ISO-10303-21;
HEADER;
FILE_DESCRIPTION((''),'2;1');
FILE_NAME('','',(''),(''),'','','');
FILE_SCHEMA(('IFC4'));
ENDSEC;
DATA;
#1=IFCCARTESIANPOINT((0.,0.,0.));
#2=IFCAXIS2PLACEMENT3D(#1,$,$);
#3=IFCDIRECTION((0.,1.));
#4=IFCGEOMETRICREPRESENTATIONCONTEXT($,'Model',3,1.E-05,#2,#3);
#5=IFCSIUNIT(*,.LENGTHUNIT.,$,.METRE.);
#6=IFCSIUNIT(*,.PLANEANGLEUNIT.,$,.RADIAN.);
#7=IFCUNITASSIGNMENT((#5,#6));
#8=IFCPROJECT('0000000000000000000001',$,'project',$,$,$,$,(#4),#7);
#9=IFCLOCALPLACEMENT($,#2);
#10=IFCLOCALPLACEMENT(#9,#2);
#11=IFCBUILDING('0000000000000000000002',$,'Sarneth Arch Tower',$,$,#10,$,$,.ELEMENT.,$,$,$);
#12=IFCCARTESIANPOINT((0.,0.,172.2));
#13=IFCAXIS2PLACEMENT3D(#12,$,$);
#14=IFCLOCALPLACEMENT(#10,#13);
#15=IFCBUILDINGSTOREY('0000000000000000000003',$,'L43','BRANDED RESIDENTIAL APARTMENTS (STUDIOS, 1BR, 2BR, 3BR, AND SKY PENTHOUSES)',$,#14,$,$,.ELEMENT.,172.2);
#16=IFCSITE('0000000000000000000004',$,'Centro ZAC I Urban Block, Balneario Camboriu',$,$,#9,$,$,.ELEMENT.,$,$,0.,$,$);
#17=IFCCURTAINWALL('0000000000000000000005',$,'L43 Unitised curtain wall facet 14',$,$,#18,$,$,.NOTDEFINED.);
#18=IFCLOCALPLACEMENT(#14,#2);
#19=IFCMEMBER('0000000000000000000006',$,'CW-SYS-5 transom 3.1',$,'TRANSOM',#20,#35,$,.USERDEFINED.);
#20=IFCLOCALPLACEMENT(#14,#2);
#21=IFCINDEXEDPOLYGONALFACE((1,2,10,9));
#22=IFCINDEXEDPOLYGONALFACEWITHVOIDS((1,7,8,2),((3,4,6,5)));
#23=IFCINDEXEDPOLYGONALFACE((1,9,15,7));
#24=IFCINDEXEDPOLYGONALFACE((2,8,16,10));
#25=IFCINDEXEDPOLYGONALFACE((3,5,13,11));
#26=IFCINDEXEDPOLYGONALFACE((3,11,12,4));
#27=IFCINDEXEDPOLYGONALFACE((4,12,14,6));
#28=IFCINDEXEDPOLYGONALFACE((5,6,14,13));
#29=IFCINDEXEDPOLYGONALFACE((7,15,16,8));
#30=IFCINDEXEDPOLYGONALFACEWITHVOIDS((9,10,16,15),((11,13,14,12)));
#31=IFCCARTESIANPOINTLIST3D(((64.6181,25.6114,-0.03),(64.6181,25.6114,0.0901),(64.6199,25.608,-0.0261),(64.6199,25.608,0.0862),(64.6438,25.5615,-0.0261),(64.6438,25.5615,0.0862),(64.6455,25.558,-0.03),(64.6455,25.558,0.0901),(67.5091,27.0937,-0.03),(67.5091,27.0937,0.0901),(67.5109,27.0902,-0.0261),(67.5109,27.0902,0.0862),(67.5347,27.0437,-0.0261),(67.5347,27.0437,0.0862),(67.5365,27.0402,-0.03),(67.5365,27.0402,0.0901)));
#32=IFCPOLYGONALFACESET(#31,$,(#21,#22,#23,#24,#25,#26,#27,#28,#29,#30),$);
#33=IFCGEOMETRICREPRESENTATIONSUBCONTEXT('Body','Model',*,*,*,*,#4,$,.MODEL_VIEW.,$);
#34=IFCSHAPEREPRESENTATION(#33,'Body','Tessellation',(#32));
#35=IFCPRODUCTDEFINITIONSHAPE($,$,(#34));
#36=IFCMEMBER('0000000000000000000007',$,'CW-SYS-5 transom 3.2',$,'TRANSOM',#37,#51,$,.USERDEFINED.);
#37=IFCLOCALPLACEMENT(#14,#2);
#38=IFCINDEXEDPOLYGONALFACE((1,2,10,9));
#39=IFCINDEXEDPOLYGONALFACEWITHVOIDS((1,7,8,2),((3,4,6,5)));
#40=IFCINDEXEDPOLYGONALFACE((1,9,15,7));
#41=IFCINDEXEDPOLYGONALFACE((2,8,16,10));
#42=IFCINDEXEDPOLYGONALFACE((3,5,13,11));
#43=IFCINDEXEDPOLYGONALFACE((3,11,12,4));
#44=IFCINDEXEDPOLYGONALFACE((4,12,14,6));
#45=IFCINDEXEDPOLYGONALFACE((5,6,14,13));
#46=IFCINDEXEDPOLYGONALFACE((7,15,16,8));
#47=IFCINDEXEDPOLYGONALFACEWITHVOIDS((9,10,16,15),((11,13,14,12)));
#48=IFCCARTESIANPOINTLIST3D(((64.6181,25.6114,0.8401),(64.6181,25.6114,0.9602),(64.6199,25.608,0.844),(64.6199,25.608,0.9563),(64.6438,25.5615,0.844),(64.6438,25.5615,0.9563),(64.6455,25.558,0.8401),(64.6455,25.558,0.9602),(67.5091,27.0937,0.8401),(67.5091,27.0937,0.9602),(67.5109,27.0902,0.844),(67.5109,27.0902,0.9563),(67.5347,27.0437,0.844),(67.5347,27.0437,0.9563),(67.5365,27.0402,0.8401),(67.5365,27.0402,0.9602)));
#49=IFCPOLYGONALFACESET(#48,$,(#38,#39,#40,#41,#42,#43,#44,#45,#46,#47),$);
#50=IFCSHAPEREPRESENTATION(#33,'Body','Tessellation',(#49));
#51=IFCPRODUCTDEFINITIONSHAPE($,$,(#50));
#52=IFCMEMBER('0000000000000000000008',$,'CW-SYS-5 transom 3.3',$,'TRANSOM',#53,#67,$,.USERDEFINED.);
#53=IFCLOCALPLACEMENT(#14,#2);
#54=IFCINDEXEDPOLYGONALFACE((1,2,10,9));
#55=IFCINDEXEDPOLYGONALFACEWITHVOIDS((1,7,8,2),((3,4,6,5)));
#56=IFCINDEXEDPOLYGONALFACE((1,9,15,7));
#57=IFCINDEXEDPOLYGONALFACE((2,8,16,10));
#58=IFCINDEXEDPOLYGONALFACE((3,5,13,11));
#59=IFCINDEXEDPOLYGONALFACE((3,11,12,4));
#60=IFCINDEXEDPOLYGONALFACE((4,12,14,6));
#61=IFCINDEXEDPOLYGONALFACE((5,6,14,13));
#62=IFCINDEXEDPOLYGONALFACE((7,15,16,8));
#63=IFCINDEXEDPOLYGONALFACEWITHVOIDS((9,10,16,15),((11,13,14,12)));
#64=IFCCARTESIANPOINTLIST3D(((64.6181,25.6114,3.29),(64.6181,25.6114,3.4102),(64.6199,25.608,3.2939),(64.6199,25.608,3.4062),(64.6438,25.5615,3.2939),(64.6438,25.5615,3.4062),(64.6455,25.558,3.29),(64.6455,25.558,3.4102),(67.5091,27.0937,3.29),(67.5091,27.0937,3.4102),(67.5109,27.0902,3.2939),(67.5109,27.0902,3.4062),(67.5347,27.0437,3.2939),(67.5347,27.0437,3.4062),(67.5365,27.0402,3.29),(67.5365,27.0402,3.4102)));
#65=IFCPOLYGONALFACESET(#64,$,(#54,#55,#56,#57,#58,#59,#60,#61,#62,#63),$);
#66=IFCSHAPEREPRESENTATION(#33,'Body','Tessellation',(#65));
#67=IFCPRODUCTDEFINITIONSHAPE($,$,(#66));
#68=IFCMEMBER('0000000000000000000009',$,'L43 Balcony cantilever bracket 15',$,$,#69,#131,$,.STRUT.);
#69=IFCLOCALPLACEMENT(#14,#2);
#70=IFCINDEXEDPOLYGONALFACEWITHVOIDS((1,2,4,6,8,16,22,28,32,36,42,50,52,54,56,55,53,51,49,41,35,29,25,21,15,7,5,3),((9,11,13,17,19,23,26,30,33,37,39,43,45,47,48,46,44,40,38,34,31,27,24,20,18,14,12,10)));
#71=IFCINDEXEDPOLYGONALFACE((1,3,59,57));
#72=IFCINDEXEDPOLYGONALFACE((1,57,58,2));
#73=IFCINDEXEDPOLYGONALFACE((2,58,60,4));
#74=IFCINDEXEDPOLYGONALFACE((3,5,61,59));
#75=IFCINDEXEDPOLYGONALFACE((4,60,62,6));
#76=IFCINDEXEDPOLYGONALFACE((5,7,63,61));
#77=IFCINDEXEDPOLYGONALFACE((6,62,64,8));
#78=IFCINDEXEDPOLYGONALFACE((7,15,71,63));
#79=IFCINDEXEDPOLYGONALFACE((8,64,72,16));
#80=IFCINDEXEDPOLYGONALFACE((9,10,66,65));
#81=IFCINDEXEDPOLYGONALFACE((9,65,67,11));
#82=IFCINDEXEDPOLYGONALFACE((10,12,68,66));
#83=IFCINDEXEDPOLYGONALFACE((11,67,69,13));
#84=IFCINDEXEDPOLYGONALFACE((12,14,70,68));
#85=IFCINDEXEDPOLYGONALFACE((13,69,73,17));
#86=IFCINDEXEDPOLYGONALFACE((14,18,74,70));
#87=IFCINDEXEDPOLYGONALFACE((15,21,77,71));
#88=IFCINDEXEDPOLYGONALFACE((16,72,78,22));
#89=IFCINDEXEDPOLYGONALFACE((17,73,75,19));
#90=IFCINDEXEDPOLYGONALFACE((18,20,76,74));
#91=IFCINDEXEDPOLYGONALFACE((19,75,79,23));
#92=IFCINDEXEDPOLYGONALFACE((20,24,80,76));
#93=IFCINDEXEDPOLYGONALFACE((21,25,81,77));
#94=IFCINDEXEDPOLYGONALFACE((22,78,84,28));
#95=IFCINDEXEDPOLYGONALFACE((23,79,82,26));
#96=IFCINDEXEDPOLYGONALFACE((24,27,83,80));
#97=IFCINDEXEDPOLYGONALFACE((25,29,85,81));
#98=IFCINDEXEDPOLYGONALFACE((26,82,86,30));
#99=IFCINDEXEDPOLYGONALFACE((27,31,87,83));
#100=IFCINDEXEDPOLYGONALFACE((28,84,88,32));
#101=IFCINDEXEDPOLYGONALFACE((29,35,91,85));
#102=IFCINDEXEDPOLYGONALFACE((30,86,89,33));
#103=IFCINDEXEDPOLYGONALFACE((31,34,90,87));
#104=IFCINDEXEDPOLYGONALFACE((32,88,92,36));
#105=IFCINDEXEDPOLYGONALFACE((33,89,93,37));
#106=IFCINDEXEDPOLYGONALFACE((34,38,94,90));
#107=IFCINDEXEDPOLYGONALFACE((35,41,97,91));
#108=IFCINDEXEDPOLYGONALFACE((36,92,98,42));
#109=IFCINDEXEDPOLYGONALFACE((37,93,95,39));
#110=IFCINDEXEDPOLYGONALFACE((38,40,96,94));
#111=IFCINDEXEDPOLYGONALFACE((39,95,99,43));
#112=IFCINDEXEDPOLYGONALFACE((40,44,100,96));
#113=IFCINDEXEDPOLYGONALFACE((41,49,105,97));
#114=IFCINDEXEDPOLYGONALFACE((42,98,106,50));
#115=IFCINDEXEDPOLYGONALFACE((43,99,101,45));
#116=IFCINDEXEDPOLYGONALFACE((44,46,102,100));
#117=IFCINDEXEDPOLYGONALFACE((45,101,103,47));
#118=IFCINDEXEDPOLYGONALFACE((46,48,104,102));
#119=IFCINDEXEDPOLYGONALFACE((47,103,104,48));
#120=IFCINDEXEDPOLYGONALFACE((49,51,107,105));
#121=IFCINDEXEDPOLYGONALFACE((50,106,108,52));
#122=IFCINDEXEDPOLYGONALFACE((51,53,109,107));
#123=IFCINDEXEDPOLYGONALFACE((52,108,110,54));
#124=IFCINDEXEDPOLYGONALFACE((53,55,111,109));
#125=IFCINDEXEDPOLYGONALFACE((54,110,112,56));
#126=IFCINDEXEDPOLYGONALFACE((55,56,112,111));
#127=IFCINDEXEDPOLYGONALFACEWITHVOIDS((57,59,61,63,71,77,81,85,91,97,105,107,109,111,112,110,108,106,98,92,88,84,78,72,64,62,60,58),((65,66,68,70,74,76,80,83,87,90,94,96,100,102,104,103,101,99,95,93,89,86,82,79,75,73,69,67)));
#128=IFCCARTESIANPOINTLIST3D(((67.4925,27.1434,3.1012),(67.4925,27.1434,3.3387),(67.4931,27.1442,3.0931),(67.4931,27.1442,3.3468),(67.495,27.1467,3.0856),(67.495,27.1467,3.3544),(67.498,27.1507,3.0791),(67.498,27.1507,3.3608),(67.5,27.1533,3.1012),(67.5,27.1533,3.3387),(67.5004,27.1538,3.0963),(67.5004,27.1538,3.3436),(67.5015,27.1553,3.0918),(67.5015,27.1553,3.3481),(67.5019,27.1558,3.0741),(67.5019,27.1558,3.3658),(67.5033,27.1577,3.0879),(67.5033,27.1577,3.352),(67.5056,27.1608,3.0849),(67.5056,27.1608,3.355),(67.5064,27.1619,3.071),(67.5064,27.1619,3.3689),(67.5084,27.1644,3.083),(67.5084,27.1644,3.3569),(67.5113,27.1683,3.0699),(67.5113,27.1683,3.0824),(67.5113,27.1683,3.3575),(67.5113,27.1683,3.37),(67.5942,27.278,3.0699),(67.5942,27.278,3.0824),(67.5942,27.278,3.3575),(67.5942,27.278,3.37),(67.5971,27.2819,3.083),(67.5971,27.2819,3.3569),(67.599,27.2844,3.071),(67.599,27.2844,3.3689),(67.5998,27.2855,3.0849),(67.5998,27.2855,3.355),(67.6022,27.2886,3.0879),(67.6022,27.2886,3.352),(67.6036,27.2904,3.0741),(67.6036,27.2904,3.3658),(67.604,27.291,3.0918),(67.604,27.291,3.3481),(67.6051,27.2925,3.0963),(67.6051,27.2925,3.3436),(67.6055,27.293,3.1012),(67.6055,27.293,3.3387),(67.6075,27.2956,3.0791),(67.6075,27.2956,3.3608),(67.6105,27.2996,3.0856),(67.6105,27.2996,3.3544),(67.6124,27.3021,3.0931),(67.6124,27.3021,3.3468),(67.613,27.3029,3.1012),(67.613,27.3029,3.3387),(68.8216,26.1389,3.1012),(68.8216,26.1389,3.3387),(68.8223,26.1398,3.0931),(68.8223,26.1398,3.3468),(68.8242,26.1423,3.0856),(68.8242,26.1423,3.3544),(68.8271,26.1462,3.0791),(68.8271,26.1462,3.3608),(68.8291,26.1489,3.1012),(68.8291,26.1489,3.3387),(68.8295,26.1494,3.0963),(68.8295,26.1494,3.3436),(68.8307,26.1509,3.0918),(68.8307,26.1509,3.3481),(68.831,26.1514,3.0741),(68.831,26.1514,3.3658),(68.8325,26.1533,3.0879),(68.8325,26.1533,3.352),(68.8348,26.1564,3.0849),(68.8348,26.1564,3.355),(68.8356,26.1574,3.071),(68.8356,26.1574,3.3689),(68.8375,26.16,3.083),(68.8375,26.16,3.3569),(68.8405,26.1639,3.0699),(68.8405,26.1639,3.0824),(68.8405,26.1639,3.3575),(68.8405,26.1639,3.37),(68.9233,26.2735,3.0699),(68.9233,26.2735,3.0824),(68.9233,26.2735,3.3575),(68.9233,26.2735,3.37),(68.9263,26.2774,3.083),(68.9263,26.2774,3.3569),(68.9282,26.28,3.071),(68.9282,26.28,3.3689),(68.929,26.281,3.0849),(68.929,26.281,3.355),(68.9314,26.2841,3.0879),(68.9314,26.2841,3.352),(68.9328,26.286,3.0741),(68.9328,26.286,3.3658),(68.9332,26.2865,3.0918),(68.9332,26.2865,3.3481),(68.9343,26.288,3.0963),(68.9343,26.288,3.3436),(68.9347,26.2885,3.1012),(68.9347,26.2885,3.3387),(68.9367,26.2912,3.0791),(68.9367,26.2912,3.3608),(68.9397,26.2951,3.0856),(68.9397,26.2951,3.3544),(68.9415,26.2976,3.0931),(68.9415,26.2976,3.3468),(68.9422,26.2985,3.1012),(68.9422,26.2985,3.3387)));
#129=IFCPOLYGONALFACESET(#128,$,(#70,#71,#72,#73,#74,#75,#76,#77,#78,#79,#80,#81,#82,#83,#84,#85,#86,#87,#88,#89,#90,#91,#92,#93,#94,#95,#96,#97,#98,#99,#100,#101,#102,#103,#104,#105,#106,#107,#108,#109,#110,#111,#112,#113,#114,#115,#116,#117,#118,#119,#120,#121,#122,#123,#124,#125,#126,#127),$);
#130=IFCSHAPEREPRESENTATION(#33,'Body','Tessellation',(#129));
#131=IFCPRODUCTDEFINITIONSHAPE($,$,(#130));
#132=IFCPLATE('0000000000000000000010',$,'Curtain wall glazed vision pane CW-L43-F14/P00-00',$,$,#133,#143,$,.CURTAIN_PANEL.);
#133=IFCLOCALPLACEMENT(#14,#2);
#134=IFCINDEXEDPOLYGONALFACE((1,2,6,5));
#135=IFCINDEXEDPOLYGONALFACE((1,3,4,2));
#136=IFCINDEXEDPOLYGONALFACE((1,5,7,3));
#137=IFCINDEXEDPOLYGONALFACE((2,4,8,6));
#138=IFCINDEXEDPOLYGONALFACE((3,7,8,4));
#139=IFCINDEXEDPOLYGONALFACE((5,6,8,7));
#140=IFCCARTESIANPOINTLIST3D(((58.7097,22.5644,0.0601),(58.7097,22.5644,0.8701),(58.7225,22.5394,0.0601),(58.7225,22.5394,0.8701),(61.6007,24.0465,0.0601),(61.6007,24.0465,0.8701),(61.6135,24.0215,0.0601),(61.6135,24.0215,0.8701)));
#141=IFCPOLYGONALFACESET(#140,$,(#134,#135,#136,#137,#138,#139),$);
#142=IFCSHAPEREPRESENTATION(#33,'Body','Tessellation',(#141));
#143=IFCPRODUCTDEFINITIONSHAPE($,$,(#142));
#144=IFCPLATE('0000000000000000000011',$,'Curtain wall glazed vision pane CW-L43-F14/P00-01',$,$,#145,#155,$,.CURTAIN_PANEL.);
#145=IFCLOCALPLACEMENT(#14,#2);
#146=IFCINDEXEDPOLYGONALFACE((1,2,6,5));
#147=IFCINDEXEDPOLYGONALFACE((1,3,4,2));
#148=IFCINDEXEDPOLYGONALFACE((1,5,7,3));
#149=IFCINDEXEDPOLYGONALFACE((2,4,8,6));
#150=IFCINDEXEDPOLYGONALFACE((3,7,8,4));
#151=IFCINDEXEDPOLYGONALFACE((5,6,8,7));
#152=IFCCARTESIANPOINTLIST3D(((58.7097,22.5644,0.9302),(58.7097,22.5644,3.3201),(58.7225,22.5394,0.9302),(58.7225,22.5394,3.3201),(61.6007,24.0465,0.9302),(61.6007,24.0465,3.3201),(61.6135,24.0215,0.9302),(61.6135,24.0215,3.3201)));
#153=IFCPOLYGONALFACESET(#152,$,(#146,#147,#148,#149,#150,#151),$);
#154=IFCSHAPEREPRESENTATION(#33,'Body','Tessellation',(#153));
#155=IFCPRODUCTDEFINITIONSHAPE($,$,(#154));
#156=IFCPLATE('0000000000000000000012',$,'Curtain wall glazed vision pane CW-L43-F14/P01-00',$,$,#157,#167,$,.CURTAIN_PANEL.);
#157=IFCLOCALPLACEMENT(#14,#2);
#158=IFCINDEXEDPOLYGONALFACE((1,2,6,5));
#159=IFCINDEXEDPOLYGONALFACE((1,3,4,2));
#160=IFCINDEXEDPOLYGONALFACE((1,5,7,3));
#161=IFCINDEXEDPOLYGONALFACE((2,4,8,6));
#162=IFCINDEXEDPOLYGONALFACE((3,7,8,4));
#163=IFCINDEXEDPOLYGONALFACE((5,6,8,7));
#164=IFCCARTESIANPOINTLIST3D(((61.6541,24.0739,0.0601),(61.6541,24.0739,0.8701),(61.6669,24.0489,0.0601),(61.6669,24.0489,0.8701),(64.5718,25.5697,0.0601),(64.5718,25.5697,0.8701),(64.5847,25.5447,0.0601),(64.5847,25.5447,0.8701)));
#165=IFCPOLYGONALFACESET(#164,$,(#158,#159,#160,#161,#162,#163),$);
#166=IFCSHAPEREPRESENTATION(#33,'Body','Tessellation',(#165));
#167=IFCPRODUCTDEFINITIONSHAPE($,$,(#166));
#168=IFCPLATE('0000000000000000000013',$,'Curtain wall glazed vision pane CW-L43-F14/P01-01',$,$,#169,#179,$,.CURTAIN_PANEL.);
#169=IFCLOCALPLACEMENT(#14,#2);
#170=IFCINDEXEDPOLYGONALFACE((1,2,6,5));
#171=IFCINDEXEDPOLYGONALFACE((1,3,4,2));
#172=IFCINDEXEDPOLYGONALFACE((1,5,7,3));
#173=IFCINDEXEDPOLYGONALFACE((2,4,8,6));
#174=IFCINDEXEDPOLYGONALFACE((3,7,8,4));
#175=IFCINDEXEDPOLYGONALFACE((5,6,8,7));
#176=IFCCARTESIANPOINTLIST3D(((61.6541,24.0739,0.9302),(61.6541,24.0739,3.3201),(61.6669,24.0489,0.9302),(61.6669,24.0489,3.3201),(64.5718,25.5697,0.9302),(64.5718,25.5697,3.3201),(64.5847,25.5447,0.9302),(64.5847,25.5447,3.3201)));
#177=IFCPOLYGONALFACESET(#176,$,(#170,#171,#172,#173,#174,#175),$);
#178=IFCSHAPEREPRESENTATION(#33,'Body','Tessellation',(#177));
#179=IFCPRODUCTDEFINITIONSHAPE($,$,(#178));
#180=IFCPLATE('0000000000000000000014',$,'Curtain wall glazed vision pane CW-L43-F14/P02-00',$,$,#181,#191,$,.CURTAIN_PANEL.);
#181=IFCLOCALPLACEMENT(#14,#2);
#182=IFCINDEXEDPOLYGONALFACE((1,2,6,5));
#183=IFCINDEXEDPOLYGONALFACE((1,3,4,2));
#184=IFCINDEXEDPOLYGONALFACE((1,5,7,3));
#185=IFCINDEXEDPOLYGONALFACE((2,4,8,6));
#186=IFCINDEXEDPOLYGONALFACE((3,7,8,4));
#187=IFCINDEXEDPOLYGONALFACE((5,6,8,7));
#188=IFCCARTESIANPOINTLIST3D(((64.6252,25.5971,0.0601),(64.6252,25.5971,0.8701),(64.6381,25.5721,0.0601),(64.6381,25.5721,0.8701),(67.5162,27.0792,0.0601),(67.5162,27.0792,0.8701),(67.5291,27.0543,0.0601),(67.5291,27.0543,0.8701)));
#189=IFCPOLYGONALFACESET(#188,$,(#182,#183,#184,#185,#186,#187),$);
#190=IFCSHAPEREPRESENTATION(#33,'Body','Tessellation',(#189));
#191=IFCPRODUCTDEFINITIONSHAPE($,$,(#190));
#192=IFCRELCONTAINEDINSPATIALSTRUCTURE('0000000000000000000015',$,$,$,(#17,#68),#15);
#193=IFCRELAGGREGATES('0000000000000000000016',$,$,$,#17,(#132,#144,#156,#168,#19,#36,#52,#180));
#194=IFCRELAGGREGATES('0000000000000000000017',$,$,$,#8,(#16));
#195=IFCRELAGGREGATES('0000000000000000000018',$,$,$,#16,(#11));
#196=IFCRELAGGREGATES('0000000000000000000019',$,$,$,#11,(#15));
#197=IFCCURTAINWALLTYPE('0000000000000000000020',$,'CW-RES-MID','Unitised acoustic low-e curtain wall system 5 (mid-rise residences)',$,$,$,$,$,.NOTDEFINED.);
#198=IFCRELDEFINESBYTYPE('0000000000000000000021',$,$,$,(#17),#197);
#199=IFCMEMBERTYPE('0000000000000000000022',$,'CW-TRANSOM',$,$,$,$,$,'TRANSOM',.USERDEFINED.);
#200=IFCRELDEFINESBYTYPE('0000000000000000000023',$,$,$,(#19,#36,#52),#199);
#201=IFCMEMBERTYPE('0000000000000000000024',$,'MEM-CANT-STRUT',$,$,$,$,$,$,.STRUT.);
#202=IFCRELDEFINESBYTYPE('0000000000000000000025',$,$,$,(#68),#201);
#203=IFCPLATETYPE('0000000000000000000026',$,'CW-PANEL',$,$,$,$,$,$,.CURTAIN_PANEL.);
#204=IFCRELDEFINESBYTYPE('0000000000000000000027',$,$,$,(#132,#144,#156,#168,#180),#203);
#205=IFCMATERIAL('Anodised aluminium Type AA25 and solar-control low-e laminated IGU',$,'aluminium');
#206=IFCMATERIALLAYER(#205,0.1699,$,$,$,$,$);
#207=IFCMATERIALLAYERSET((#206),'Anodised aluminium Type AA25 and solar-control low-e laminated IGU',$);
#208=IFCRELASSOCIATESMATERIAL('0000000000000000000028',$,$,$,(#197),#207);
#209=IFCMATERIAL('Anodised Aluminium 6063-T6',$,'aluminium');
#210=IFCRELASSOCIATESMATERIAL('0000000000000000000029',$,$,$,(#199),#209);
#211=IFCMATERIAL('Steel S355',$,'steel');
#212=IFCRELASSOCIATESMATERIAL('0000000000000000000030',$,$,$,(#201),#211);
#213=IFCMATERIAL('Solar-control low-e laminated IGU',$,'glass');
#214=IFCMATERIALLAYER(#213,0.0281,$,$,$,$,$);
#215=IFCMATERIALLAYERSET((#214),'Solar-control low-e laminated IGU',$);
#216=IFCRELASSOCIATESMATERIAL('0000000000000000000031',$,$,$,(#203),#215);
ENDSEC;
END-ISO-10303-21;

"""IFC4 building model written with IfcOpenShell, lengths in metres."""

from ifc_helpers import new_model, si_unit, direction, frame, origin, origin_2d, place, context, subcontext, project, spatial, rectangle, hollow_rectangle, extrude, material, layer, layer_set, material_profile, profile_set, type_object, element, aggregate, save


model = new_model("IFC4")

# Units and contexts
model_context = context("Model", 3, precision=1e-05, world=origin(), true_north=direction((0.0, 1.0)))
body_context = subcontext(model_context, "Body", "Model", "MODEL_VIEW")
ifc_project = project(units=[si_unit("LENGTHUNIT", "METRE"), si_unit("PLANEANGLEUNIT", "RADIAN")], contexts=[model_context])

# Site, building, storey
site_placement = place(None, origin())
site = spatial("IfcSite", under=ifc_project, at=site_placement, Name="Centro ZAC I Urban Block, Balneario Camboriu", CompositionType="ELEMENT", RefElevation=0.0)
building_placement = place(site_placement, origin())
building = spatial("IfcBuilding", under=site, at=building_placement, Name="Sarneth Arch Tower", CompositionType="ELEMENT")
storey_placement = place(building_placement, frame((0.0, 0.0, 172.2)))
storey = spatial("IfcBuildingStorey", under=building, at=storey_placement, Name="L43", Description="BRANDED RESIDENTIAL APARTMENTS (STUDIOS, 1BR, 2BR, 3BR, AND SKY PENTHOUSES)", CompositionType="ELEMENT", Elevation=172.2)

# Curtain wall, members
ifc_material_1 = material(Name="Anodised aluminium Type AA25 and solar-control low-e laminated IGU", Category="aluminium")
ifc_layer_1 = layer(ifc_material_1, 0.1699)
ifc_layer_set_1 = layer_set([ifc_layer_1], Name="Anodised aluminium Type AA25 and solar-control low-e laminated IGU")
curtain_wall_type = type_object("IfcCurtainWallType", Name="CW-RES-MID", Description="Unitised acoustic low-e curtain wall system 5 (mid-rise residences)", PredefinedType="NOTDEFINED", material=ifc_layer_set_1)
curtain_wall_placement = place(storey_placement, origin())
curtain_wall = element("IfcCurtainWall", 1, at=curtain_wall_placement, inside=storey, type_object=curtain_wall_type, Name="L43 Unitised curtain wall facet 14", PredefinedType="NOTDEFINED")
ifc_material_2 = material(Name="Anodised Aluminium 6063-T6", Category="aluminium")
ifc_material_profile_1 = material_profile(ifc_material_2, hollow_rectangle(XDim=0.0601, YDim=0.1201, WallThickness=0.0039, at=origin_2d()), Name="AL-TRAN-120x60x4")
ifc_profile_set_1 = profile_set([ifc_material_profile_1], Name="Anodised Aluminium 6063-T6")
member_type_1 = type_object("IfcMemberType", Name="CW-TRANSOM", ElementType="TRANSOM", PredefinedType="USERDEFINED", material=ifc_profile_set_1)
member_1_placement = place(storey_placement, frame((64.6318, 25.5847, 0.03), z_axis=(0.889857, 0.456239, 0.0), x_axis=(-0.456239, 0.889857, 0.0)))
member_1 = element("IfcMember", 2, at=member_1_placement, type_object=member_type_1, Name="CW-SYS-5 transom 3.1", ObjectType="TRANSOM", PredefinedType="USERDEFINED", context=body_context, shape_type="SweptSolid", body=[
    extrude(hollow_rectangle(XDim=0.0601, YDim=0.1201, WallThickness=0.0039, at=origin_2d()), origin(), (0.0, 0.0, 1.0), 3.2488),
])
member_2_placement = place(storey_placement, frame((64.6318, 25.5847, 0.9001), z_axis=(0.889857, 0.456239, 0.0), x_axis=(-0.456239, 0.889857, 0.0)))
member_2 = element("IfcMember", 3, at=member_2_placement, type_object=member_type_1, Name="CW-SYS-5 transom 3.2", ObjectType="TRANSOM", PredefinedType="USERDEFINED", context=body_context, shape_type="SweptSolid", body=[
    extrude(hollow_rectangle(XDim=0.0601, YDim=0.1201, WallThickness=0.0039, at=origin_2d()), origin(), (0.0, 0.0, 1.0), 3.2488),
])
member_3_placement = place(storey_placement, frame((64.6318, 25.5847, 3.3501), z_axis=(0.889857, 0.456239, 0.0), x_axis=(-0.456239, 0.889857, 0.0)))
member_3 = element("IfcMember", 4, at=member_3_placement, type_object=member_type_1, Name="CW-SYS-5 transom 3.3", ObjectType="TRANSOM", PredefinedType="USERDEFINED", context=body_context, shape_type="SweptSolid", body=[
    extrude(hollow_rectangle(XDim=0.0601, YDim=0.1201, WallThickness=0.0039, at=origin_2d()), origin(), (0.0, 0.0, 1.0), 3.2488),
])

# Member
ifc_material_3 = material(Name="Steel S355", Category="steel")
ifc_material_profile_2 = material_profile(ifc_material_3, hollow_rectangle(XDim=0.2, YDim=0.3, WallThickness=0.0125, InnerFilletRadius=0.0188, OuterFilletRadius=0.0312, at=origin_2d()), Name="RHS300x200x12.5")
ifc_profile_set_2 = profile_set([ifc_material_profile_2], Name="Steel S355")
member_type_2 = type_object("IfcMemberType", Name="MEM-CANT-STRUT", PredefinedType="STRUT", material=ifc_profile_set_2)
member_4_placement = place(storey_placement, frame((67.5527, 27.2231, 3.22), z_axis=(0.797814, -0.602904, 0.0), x_axis=(0.602904, 0.797814, 0.0)))
element("IfcMember", 5, at=member_4_placement, inside=storey, type_object=member_type_2, Name="L43 Balcony cantilever bracket 15", PredefinedType="STRUT", context=body_context, shape_type="SweptSolid", body=[
    extrude(hollow_rectangle(XDim=0.2, YDim=0.3, WallThickness=0.0125, InnerFilletRadius=0.0188, OuterFilletRadius=0.0312, at=origin_2d()), origin(), (0.0, 0.0, 1.0), 1.666),
])

# Plates
ifc_material_4 = material(Name="Solar-control low-e laminated IGU", Category="glass")
ifc_layer_2 = layer(ifc_material_4, 0.0281)
ifc_layer_set_2 = layer_set([ifc_layer_2], Name="Solar-control low-e laminated IGU")
plate_type_1 = type_object("IfcPlateType", Name="CW-PANEL", PredefinedType="CURTAIN_PANEL", material=ifc_layer_set_2)
plate_1_placement = place(storey_placement, frame((60.1616, 23.293, 0.0601), z_axis=(0.0, 0.0, 1.0), x_axis=(0.889873, 0.456208, 0.0)))
plate_1 = element("IfcPlate", 6, at=plate_1_placement, type_object=plate_type_1, Name="Curtain wall glazed vision pane CW-L43-F14/P00-00", PredefinedType="CURTAIN_PANEL", context=body_context, shape_type="SweptSolid", body=[
    extrude(rectangle(XDim=3.2488, YDim=0.0281, at=origin_2d()), origin(), (0.0, 0.0, 1.0), 0.8101),
])
plate_2_placement = place(storey_placement, frame((60.1616, 23.293, 0.9302), z_axis=(0.0, 0.0, 1.0), x_axis=(0.889873, 0.456208, 0.0)))
plate_2 = element("IfcPlate", 7, at=plate_2_placement, type_object=plate_type_1, Name="Curtain wall glazed vision pane CW-L43-F14/P00-01", PredefinedType="CURTAIN_PANEL", context=body_context, shape_type="SweptSolid", body=[
    extrude(rectangle(XDim=3.2488, YDim=0.0281, at=origin_2d()), origin(), (0.0, 0.0, 1.0), 2.3899),
])
plate_3_placement = place(storey_placement, frame((63.1194, 24.8093, 0.0601), z_axis=(0.0, 0.0, 1.0), x_axis=(0.889873, 0.456208, 0.0)))
plate_3 = element("IfcPlate", 8, at=plate_3_placement, type_object=plate_type_1, Name="Curtain wall glazed vision pane CW-L43-F14/P01-00", PredefinedType="CURTAIN_PANEL", context=body_context, shape_type="SweptSolid", body=[
    extrude(rectangle(XDim=3.2788, YDim=0.0281, at=origin_2d()), origin(), (0.0, 0.0, 1.0), 0.8101),
])
plate_4_placement = place(storey_placement, frame((63.1194, 24.8093, 0.9302), z_axis=(0.0, 0.0, 1.0), x_axis=(0.889873, 0.456208, 0.0)))
plate_4 = element("IfcPlate", 9, at=plate_4_placement, type_object=plate_type_1, Name="Curtain wall glazed vision pane CW-L43-F14/P01-01", PredefinedType="CURTAIN_PANEL", context=body_context, shape_type="SweptSolid", body=[
    extrude(rectangle(XDim=3.2788, YDim=0.0281, at=origin_2d()), origin(), (0.0, 0.0, 1.0), 2.3899),
])
plate_5_placement = place(storey_placement, frame((66.0771, 26.3257, 0.0601), z_axis=(0.0, 0.0, 1.0), x_axis=(0.889873, 0.456208, 0.0)))
plate_5 = element("IfcPlate", 10, at=plate_5_placement, type_object=plate_type_1, Name="Curtain wall glazed vision pane CW-L43-F14/P02-00", PredefinedType="CURTAIN_PANEL", context=body_context, shape_type="SweptSolid", body=[
    extrude(rectangle(XDim=3.2488, YDim=0.0281, at=origin_2d()), origin(), (0.0, 0.0, 1.0), 0.8101),
])
aggregate(curtain_wall, [plate_1, plate_2, plate_3, plate_4, member_1, member_2, member_3, plate_5])

save(model, "model.ifc")
